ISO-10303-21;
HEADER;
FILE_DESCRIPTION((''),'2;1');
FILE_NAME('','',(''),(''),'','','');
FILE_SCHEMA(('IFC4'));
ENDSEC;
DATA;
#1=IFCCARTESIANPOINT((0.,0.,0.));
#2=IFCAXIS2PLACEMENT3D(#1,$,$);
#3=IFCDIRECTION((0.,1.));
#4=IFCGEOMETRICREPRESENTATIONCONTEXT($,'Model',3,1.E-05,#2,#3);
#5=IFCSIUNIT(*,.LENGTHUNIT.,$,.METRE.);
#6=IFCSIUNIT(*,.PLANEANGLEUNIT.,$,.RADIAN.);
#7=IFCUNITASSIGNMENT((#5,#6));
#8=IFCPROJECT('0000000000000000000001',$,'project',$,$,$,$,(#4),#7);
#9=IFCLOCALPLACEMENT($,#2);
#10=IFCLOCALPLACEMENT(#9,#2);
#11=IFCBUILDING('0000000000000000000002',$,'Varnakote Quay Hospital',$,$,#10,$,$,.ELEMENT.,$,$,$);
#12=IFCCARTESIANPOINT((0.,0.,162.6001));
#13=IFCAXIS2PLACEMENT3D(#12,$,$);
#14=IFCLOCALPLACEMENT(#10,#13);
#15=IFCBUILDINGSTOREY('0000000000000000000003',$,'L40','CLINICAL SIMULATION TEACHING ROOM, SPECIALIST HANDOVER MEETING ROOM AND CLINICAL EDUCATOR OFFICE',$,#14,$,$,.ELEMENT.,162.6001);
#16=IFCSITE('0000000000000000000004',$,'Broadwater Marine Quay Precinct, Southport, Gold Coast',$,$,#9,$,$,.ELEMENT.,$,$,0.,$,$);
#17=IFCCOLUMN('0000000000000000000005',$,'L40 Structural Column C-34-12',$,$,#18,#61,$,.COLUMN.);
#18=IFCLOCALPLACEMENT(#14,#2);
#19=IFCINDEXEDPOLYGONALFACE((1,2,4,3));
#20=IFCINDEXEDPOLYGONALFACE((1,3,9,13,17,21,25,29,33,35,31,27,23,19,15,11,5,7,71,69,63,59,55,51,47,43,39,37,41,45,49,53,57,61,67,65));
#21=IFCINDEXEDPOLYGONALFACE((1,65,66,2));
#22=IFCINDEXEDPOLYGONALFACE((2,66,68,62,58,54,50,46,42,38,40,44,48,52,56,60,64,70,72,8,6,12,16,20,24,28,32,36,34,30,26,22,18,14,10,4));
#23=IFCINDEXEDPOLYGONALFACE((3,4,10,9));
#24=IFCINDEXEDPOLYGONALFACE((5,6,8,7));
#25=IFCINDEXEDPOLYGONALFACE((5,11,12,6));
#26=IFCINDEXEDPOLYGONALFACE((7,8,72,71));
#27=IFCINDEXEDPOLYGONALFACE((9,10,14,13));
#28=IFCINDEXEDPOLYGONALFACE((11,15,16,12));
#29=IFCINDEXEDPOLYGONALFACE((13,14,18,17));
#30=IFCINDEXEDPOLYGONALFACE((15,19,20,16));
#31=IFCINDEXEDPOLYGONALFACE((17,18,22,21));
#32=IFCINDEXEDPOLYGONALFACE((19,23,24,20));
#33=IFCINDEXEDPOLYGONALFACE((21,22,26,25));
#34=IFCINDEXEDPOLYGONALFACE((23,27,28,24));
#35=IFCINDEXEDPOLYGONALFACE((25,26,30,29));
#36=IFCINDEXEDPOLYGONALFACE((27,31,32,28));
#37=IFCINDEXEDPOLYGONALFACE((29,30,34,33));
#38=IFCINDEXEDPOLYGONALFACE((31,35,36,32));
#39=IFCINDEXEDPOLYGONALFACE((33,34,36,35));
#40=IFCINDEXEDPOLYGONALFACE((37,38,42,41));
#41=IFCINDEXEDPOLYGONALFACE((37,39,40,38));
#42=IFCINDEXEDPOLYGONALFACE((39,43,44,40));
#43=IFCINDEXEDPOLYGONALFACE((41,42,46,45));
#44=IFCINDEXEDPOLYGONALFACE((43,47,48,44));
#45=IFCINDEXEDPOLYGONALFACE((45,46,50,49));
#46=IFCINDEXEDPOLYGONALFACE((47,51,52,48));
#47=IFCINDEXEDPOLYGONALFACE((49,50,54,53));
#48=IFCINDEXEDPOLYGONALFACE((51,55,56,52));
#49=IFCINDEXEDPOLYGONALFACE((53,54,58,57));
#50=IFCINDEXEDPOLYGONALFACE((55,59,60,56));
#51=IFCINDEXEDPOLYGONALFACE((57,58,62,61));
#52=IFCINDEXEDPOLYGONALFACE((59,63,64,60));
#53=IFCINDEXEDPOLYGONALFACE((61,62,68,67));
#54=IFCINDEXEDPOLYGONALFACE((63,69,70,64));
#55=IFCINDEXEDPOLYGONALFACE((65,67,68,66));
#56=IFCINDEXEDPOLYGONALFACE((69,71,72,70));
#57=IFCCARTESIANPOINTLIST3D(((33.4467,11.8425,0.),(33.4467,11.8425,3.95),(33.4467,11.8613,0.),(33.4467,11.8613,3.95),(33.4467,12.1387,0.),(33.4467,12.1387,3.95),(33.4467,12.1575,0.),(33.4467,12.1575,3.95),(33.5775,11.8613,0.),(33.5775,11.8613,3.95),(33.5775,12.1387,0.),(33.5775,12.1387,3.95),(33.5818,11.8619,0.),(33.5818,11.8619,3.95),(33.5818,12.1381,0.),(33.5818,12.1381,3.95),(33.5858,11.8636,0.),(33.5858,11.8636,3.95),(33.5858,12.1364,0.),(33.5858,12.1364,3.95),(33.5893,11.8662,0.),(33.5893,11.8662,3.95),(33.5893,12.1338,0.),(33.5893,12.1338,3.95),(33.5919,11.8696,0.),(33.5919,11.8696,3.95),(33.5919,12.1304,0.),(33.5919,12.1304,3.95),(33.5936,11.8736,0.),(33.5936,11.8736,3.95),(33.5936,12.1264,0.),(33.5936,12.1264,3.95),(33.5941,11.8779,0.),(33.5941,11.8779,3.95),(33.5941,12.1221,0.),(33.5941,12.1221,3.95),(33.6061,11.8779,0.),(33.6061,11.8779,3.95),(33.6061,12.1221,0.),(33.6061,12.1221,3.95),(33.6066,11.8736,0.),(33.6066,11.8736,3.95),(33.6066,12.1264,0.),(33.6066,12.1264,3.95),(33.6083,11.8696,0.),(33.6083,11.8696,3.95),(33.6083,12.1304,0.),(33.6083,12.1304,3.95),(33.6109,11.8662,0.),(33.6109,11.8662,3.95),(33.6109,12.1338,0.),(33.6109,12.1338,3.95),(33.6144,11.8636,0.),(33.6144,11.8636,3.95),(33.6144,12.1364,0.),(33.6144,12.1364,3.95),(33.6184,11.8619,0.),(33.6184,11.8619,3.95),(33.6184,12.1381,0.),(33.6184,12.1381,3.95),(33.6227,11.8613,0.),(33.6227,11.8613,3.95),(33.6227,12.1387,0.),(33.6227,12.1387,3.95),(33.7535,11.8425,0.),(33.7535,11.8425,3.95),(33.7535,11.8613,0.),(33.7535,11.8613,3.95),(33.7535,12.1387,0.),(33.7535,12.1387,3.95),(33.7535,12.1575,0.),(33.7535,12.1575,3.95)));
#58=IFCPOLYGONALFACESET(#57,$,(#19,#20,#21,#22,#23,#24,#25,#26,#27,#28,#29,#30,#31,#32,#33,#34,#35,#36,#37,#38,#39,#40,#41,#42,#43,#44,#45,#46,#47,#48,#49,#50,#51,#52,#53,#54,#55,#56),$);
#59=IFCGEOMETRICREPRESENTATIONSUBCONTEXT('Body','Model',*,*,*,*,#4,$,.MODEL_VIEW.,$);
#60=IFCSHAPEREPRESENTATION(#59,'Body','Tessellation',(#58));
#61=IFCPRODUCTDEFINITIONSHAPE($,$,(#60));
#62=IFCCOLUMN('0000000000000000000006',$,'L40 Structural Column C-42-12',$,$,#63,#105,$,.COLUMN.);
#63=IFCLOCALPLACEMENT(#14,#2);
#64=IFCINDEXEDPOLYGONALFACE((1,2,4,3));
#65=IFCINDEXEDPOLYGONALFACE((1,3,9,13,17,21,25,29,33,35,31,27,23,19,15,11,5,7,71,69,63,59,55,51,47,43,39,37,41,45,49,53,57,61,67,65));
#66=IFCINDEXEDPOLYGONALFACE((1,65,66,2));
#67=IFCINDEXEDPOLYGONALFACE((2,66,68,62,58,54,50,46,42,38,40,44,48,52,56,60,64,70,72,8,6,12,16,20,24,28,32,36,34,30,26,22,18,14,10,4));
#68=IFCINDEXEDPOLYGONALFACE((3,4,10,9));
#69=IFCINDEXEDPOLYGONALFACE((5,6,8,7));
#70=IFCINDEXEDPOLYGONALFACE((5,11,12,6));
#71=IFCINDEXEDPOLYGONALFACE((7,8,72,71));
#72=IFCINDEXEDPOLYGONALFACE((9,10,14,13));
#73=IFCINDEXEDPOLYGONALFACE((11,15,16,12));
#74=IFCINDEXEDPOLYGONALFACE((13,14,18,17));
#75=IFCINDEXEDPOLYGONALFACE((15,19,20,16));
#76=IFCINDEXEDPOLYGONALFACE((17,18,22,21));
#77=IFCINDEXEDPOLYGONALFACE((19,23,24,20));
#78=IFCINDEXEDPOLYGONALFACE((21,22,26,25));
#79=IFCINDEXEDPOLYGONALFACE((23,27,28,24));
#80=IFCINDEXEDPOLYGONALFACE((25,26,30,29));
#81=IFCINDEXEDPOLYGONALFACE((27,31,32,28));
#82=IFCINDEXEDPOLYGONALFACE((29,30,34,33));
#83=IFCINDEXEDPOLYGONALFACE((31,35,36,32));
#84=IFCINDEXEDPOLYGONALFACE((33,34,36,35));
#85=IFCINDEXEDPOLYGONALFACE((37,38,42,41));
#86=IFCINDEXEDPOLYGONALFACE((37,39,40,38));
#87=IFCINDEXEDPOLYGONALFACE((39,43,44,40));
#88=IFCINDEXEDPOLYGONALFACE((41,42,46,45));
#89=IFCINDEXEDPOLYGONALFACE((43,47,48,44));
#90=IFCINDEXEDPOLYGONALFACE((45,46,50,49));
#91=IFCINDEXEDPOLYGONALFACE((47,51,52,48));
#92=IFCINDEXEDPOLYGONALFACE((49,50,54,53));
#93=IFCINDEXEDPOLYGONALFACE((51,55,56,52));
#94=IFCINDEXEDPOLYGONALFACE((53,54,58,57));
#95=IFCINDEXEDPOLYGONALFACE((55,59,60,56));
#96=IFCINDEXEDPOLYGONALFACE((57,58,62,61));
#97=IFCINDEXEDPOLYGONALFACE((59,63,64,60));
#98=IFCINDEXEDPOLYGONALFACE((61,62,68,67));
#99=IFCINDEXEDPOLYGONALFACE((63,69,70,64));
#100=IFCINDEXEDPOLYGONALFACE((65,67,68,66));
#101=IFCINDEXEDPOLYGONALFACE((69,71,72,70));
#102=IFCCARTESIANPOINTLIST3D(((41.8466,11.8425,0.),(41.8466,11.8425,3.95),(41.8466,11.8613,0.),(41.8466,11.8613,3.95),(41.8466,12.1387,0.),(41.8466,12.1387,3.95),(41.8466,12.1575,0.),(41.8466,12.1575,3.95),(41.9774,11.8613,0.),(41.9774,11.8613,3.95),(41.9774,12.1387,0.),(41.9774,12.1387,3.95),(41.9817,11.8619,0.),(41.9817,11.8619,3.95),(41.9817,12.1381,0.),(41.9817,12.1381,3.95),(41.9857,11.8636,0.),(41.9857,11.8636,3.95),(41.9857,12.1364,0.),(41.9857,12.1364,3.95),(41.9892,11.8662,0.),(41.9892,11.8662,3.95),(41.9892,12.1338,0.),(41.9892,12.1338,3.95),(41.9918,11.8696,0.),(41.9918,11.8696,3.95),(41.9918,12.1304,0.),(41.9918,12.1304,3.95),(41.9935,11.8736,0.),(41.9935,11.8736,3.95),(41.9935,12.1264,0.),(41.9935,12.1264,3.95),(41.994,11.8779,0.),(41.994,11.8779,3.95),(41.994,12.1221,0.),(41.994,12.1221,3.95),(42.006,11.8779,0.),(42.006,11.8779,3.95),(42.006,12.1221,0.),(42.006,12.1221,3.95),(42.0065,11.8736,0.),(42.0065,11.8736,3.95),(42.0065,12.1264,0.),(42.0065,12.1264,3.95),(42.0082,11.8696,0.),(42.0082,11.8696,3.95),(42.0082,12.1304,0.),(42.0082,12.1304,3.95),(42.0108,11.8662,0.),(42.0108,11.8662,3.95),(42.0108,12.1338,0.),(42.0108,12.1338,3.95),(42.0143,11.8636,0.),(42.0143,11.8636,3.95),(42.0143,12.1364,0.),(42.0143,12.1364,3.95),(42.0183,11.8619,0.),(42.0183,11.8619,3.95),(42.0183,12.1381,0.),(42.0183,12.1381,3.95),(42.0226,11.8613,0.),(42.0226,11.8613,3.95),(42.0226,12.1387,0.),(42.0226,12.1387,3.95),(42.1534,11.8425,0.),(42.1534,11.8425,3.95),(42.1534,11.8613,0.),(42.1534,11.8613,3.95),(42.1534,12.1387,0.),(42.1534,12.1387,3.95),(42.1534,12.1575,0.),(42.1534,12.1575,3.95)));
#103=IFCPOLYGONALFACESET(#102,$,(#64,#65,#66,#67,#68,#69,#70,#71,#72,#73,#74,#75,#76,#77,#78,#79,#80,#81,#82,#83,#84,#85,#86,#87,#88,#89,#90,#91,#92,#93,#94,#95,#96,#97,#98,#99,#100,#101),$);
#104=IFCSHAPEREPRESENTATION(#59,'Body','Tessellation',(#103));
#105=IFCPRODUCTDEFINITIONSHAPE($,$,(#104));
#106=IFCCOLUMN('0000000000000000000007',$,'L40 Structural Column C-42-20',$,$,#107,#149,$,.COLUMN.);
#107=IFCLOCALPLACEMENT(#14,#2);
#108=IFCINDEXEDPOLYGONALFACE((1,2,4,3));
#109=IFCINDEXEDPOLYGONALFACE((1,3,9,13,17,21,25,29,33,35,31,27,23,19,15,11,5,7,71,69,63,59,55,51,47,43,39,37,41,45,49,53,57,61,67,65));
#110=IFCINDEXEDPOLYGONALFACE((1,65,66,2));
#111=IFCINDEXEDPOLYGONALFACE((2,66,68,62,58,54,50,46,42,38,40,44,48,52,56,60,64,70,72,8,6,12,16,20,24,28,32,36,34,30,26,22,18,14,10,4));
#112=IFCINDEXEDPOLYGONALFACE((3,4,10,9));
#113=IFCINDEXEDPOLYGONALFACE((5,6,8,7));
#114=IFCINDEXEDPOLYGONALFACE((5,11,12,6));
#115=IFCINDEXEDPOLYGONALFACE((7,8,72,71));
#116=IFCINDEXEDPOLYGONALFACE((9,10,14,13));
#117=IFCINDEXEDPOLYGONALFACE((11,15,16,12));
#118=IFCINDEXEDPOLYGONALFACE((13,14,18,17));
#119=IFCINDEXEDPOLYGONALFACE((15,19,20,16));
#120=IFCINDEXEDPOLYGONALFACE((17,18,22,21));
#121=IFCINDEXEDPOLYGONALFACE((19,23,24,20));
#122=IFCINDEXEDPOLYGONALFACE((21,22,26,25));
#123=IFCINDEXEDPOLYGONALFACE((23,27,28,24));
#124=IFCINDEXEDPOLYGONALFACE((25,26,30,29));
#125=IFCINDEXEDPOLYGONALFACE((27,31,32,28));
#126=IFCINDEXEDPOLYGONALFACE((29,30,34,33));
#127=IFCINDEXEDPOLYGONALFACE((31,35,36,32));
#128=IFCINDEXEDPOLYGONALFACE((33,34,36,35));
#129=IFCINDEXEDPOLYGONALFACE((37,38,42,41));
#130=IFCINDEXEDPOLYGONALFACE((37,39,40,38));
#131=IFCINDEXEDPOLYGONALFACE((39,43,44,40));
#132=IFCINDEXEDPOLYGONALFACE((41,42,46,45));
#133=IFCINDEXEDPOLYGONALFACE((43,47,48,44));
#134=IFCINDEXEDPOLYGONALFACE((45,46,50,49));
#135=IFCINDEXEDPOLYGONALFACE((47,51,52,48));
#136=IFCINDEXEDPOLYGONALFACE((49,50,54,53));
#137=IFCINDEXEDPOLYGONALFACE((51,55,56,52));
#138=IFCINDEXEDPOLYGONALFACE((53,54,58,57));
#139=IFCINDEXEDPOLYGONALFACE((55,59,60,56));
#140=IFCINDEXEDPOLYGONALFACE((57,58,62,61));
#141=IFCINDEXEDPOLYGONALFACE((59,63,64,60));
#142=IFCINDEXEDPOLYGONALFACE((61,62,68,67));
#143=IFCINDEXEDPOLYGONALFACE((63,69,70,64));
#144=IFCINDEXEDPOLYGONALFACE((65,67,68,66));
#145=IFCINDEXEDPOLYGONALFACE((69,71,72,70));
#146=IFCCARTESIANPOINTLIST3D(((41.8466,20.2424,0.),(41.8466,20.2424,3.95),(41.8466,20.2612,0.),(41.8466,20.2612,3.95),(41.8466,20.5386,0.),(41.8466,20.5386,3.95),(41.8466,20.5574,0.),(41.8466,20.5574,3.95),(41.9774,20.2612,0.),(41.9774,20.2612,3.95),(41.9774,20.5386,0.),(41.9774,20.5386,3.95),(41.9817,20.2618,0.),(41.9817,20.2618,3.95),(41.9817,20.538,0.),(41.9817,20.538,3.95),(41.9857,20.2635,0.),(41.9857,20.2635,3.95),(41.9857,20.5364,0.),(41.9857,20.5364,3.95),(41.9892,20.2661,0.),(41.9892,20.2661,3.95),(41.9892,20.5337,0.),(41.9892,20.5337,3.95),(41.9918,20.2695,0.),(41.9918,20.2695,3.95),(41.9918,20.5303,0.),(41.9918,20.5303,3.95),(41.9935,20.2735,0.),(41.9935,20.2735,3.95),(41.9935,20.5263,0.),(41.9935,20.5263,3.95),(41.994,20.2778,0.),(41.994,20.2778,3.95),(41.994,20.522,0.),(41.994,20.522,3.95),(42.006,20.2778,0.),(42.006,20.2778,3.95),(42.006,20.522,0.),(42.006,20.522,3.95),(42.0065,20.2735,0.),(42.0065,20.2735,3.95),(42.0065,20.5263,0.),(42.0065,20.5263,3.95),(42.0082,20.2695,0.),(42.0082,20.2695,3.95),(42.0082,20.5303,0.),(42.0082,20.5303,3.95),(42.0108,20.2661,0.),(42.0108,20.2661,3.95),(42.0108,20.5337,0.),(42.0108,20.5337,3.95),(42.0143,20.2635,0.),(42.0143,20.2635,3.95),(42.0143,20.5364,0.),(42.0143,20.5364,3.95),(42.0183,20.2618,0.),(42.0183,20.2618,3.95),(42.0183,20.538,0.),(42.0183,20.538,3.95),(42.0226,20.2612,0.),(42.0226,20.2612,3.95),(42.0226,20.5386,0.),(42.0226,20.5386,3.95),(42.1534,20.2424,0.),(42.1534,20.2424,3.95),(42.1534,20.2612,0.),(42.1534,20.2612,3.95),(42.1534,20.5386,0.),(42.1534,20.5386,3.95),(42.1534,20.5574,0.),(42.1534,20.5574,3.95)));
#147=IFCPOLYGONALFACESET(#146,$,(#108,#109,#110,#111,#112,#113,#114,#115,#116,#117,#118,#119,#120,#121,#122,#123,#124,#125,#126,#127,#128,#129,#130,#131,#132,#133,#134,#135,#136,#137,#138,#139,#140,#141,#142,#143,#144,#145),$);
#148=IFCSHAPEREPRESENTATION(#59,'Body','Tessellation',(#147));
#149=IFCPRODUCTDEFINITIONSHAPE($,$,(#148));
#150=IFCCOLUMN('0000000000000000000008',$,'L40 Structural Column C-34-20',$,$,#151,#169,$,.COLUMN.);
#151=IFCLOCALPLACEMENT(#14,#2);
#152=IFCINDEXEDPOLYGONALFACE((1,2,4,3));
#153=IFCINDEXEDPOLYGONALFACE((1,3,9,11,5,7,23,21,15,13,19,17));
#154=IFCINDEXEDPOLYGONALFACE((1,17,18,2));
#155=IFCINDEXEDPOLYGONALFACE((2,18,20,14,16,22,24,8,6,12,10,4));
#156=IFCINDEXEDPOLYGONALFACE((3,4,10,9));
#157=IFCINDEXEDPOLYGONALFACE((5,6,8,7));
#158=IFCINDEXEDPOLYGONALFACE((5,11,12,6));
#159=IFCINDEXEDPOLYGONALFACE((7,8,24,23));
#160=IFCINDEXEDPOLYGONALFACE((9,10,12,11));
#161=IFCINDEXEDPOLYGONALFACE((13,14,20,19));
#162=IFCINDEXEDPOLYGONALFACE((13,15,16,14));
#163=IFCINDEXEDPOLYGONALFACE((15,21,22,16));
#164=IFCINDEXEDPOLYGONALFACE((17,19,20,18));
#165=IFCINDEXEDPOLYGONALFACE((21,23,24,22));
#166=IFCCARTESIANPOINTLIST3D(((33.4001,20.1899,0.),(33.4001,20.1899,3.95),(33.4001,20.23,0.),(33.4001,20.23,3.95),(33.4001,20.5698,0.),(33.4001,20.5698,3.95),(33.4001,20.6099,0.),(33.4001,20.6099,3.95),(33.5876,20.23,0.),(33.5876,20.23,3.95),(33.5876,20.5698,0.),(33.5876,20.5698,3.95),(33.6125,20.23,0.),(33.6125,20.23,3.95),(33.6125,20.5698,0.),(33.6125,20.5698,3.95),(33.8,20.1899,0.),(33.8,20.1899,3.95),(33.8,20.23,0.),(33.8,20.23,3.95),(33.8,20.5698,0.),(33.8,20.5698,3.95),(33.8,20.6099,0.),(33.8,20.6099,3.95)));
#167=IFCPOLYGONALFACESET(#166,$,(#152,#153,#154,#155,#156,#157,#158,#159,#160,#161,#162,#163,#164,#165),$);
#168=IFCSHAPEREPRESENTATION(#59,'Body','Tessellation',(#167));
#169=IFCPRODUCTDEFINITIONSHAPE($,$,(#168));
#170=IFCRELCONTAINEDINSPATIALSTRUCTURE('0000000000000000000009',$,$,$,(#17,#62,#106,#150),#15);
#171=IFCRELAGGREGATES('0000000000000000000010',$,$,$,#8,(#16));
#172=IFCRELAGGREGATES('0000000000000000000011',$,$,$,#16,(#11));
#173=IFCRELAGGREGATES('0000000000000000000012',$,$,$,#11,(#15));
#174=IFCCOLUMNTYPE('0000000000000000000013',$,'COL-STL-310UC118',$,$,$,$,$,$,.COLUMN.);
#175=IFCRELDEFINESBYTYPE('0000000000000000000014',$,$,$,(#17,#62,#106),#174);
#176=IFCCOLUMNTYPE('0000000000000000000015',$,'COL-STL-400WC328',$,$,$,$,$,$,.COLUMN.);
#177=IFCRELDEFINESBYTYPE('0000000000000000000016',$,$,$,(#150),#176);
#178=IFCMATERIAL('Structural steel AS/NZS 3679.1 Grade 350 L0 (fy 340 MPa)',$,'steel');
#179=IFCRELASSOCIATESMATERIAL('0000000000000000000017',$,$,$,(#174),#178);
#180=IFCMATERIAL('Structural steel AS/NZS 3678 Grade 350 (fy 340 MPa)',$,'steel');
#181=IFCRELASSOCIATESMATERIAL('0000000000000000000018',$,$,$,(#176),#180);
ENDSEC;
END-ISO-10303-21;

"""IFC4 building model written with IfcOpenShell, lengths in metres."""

from ifc_helpers import new_model, si_unit, direction, frame, origin, origin_2d, place, context, subcontext, project, spatial, i_section, extrude, material, material_profile, profile_set, type_object, element, save


model = new_model("IFC4")

# Units and contexts
model_context = context("Model", 3, precision=1e-05, world=origin(), true_north=direction((0.0, 1.0)))
body_context = subcontext(model_context, "Body", "Model", "MODEL_VIEW")
ifc_project = project(units=[si_unit("LENGTHUNIT", "METRE"), si_unit("PLANEANGLEUNIT", "RADIAN")], contexts=[model_context])

# Site, building, storey
site_placement = place(None, origin())
site = spatial("IfcSite", under=ifc_project, at=site_placement, Name="Broadwater Marine Quay Precinct, Southport, Gold Coast", CompositionType="ELEMENT", RefElevation=0.0)
building_placement = place(site_placement, origin())
building = spatial("IfcBuilding", under=site, at=building_placement, Name="Varnakote Quay Hospital", CompositionType="ELEMENT")
storey_placement = place(building_placement, frame((0.0, 0.0, 162.6001)))
storey = spatial("IfcBuildingStorey", under=building, at=storey_placement, Name="L40", Description="CLINICAL SIMULATION TEACHING ROOM, SPECIALIST HANDOVER MEETING ROOM AND CLINICAL EDUCATOR OFFICE", CompositionType="ELEMENT", Elevation=162.6001)

# Columns
ifc_material_1 = material(Name="Structural steel AS/NZS 3679.1 Grade 350 L0 (fy 340 MPa)", Category="steel")
ifc_material_profile_1 = material_profile(ifc_material_1, i_section(OverallWidth=0.3069, OverallDepth=0.3149, WebThickness=0.012, FlangeThickness=0.0188, FilletRadius=0.0166, at=origin_2d()), Name="310UC118")
ifc_profile_set_1 = profile_set([ifc_material_profile_1], Name="Structural steel AS/NZS 3679.1 Grade 350 L0 (fy 340 MPa)")
column_type_1 = type_object("IfcColumnType", Name="COL-STL-310UC118", PredefinedType="COLUMN", material=ifc_profile_set_1)
for number, where, z_axis, x_axis, name in (
    (1, (33.6001, 12.0, 0.0), (0.0, 0.0, 1.0), (1.0, 0.0, 0.0), "L40 Structural Column C-34-12"),
    (2, (42.0, 12.0, 0.0), (0.0, 0.0, 1.0), (1.0, 0.0, 0.0), "L40 Structural Column C-42-12"),
    (3, (42.0, 20.3999, 0.0), (0.0, 0.0, 1.0), (1.0, 0.0, 0.0), "L40 Structural Column C-42-20"),
):
    element("IfcColumn", number, at=place(storey_placement, frame(where, z_axis=z_axis, x_axis=x_axis)), inside=storey, type_object=column_type_1, Name=name, PredefinedType="COLUMN", context=body_context, shape_type="SweptSolid", body=[
        extrude(i_section(OverallWidth=0.3069, OverallDepth=0.3149, WebThickness=0.012, FlangeThickness=0.0188, FilletRadius=0.0166, at=origin_2d()), origin(), (0.0, 0.0, 1.0), 3.95),
    ])
ifc_material_2 = material(Name="Structural steel AS/NZS 3678 Grade 350 (fy 340 MPa)", Category="steel")
ifc_material_profile_2 = material_profile(ifc_material_2, i_section(OverallWidth=0.3999, OverallDepth=0.4199, WebThickness=0.0249, FlangeThickness=0.04, at=origin_2d()), Name="400WC328")
ifc_profile_set_2 = profile_set([ifc_material_profile_2], Name="Structural steel AS/NZS 3678 Grade 350 (fy 340 MPa)")
column_type_2 = type_object("IfcColumnType", Name="COL-STL-400WC328", PredefinedType="COLUMN", material=ifc_profile_set_2)
column_placement = place(storey_placement, frame((33.6001, 20.3999, 0.0), z_axis=(0.0, 0.0, 1.0), x_axis=(1.0, 0.0, 0.0)))
element("IfcColumn", 4, at=column_placement, inside=storey, type_object=column_type_2, Name="L40 Structural Column C-34-20", PredefinedType="COLUMN", context=body_context, shape_type="SweptSolid", body=[
    extrude(i_section(OverallWidth=0.3999, OverallDepth=0.4199, WebThickness=0.0249, FlangeThickness=0.04, at=origin_2d()), origin(), (0.0, 0.0, 1.0), 3.95),
])

save(model, "model.ifc")
